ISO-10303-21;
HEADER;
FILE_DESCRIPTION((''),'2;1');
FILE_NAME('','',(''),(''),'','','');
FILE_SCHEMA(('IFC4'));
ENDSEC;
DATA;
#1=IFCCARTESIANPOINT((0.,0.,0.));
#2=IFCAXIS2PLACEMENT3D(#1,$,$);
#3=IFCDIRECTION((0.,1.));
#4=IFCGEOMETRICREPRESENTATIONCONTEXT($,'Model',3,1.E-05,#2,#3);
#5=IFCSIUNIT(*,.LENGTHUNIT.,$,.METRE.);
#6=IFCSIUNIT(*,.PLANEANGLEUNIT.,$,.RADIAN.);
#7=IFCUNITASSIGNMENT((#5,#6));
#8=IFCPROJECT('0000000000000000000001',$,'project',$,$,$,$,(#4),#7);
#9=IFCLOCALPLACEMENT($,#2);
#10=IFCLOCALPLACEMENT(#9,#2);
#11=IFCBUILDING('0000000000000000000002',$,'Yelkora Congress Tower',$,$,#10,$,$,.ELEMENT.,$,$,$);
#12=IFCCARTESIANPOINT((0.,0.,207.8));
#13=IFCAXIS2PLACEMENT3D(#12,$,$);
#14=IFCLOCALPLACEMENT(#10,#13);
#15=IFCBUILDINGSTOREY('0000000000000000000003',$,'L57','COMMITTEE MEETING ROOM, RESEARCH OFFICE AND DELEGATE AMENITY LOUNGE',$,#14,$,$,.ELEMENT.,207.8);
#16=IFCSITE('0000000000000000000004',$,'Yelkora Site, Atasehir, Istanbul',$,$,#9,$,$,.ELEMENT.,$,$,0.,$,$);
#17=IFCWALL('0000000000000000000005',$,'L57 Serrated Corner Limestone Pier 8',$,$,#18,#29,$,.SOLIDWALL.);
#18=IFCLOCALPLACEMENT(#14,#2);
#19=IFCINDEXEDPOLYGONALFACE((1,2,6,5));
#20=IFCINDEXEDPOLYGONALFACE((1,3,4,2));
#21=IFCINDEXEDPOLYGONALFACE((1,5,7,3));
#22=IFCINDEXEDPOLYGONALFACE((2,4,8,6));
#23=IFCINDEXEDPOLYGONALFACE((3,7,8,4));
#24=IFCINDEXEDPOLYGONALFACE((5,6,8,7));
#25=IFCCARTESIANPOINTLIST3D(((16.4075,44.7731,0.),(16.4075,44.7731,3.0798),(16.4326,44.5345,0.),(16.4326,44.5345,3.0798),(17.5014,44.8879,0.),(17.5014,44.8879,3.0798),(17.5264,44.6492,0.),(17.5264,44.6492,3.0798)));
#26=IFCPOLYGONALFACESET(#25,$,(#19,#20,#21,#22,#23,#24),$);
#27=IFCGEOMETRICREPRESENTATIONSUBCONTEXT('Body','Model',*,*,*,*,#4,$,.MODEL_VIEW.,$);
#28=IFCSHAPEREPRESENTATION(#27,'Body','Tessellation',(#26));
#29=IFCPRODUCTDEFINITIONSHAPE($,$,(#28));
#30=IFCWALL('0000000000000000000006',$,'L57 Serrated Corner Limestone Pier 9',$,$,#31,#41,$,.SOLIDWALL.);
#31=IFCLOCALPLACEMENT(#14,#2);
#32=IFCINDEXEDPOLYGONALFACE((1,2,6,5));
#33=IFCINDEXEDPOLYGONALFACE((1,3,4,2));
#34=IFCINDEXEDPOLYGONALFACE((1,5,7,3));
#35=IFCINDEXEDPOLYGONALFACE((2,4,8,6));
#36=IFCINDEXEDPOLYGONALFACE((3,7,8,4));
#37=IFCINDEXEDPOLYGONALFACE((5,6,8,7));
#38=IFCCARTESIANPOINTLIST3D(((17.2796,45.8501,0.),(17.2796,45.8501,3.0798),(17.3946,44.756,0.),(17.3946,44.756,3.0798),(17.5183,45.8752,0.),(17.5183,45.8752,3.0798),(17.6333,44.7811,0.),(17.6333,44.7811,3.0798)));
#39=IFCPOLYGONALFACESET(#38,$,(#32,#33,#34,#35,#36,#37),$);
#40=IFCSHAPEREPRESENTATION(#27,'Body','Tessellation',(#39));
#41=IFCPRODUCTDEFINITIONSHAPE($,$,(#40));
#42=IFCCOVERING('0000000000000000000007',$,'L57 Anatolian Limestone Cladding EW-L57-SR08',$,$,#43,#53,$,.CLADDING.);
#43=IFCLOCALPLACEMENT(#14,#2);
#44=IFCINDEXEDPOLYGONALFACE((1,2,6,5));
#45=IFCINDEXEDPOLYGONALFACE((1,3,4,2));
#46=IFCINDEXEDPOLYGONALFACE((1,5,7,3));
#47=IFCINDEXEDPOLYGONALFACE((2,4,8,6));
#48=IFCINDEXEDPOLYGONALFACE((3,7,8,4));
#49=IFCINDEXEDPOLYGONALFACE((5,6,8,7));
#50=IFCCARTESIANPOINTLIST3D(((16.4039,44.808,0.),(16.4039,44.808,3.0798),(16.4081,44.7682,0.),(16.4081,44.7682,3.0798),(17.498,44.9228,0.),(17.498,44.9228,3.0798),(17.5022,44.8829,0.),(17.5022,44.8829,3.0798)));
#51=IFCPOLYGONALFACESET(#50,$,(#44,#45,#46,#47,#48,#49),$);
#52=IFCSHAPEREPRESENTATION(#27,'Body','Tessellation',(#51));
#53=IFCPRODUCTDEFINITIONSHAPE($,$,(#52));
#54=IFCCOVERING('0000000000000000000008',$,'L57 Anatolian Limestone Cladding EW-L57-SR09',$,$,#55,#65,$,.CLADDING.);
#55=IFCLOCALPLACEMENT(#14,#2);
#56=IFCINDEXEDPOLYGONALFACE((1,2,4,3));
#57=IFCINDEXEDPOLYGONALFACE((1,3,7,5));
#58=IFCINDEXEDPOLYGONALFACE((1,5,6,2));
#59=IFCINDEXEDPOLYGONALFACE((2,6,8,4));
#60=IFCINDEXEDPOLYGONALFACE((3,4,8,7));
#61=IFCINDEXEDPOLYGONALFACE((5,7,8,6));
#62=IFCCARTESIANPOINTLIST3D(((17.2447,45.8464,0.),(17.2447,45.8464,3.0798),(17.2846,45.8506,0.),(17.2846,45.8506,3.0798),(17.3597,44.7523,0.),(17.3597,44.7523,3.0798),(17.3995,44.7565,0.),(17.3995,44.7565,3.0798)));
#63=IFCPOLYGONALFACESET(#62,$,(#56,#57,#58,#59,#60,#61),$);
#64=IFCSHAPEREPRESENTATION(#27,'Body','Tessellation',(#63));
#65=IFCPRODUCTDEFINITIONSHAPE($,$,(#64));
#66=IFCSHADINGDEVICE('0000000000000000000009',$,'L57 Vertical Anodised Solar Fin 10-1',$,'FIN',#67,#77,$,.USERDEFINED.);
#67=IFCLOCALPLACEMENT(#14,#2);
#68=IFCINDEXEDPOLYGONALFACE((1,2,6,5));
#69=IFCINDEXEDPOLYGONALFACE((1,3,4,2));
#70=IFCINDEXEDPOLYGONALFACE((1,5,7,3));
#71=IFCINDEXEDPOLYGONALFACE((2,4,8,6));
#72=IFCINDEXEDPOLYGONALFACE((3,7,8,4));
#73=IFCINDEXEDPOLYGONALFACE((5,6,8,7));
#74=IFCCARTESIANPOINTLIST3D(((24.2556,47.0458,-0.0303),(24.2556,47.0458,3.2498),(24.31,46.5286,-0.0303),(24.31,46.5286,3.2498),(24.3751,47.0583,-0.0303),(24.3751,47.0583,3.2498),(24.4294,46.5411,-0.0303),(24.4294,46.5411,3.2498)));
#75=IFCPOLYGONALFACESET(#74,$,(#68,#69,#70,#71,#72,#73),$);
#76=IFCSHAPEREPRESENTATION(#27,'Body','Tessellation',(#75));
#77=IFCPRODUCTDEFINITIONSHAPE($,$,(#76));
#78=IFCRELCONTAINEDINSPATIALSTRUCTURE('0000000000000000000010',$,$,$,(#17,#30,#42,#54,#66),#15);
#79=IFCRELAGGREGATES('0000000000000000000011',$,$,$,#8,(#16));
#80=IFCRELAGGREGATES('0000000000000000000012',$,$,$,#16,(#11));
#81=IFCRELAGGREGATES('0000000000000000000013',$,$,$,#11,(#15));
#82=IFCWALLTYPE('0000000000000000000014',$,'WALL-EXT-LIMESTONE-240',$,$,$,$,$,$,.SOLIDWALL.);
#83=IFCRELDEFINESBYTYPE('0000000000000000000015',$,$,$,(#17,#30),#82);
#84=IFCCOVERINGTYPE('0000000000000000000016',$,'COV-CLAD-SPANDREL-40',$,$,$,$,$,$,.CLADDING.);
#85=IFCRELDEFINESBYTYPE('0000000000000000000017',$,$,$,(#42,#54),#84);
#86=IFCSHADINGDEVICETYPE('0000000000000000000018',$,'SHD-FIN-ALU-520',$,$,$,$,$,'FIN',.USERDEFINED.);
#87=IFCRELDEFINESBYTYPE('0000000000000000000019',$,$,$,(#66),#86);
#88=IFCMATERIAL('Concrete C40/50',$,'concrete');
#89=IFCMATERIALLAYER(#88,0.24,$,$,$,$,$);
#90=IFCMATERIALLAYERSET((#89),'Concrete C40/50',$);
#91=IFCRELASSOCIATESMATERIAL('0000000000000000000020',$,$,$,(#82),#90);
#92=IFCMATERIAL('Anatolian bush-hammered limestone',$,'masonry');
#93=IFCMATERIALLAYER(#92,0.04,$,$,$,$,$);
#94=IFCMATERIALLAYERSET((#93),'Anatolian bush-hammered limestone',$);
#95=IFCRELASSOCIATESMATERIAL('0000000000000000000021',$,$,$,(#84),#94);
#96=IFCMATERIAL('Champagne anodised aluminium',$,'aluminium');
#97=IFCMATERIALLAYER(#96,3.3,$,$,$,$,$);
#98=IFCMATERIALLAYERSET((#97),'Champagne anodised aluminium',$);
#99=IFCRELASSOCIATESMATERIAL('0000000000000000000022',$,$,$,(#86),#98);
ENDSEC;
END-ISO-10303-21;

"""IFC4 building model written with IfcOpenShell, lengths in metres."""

from ifc_helpers import new_model, si_unit, direction, frame, frame_2d, origin, origin_2d, place, context, subcontext, project, spatial, rectangle, extrude, material, layer, layer_set, type_object, element, save


model = new_model("IFC4")

# Units and contexts
model_context = context("Model", 3, precision=1e-05, world=origin(), true_north=direction((0.0, 1.0)))
body_context = subcontext(model_context, "Body", "Model", "MODEL_VIEW")
ifc_project = project(units=[si_unit("LENGTHUNIT", "METRE"), si_unit("PLANEANGLEUNIT", "RADIAN")], contexts=[model_context])

# Site, building, storey
site_placement = place(None, origin())
site = spatial("IfcSite", under=ifc_project, at=site_placement, Name="Yelkora Site, Atasehir, Istanbul", CompositionType="ELEMENT", RefElevation=0.0)
building_placement = place(site_placement, origin())
building = spatial("IfcBuilding", under=site, at=building_placement, Name="Yelkora Congress Tower", CompositionType="ELEMENT")
storey_placement = place(building_placement, frame((0.0, 0.0, 207.8)))
storey = spatial("IfcBuildingStorey", under=building, at=storey_placement, Name="L57", Description="COMMITTEE MEETING ROOM, RESEARCH OFFICE AND DELEGATE AMENITY LOUNGE", CompositionType="ELEMENT", Elevation=207.8)

# Walls
ifc_material_1 = material(Name="Concrete C40/50", Category="concrete")
ifc_layer_1 = layer(ifc_material_1, 0.24)
ifc_layer_set_1 = layer_set([ifc_layer_1], Name="Concrete C40/50")
wall_type_1 = type_object("IfcWallType", Name="WALL-EXT-LIMESTONE-240", PredefinedType="SOLIDWALL", material=ifc_layer_set_1)
wall_1_placement = place(storey_placement, frame((16.4202, 44.6538, 0.0), z_axis=(0.0, 0.0, 1.0), x_axis=(0.994542, 0.104338, 0.0)))
element("IfcWall", 1, at=wall_1_placement, inside=storey, type_object=wall_type_1, Name="L57 Serrated Corner Limestone Pier 8", PredefinedType="SOLIDWALL", context=body_context, shape_type="SweptSolid", body=[
    extrude(rectangle(XDim=1.0999, YDim=0.24, at=frame_2d((0.5498, 0.0))), origin(), (0.0, 0.0, 1.0), 3.0798),
])
wall_2_placement = place(storey_placement, frame((17.5139, 44.7686, 0.0), z_axis=(0.0, 0.0, 1.0), x_axis=(-0.104535, 0.994521, 0.0)))
element("IfcWall", 2, at=wall_2_placement, inside=storey, type_object=wall_type_1, Name="L57 Serrated Corner Limestone Pier 9", PredefinedType="SOLIDWALL", context=body_context, shape_type="SweptSolid", body=[
    extrude(rectangle(XDim=1.1001, YDim=0.24, at=frame_2d((0.55, 0.0))), origin(), (0.0, 0.0, 1.0), 3.0798),
])

# Coverings
ifc_material_2 = material(Name="Anatolian bush-hammered limestone", Category="masonry")
ifc_layer_2 = layer(ifc_material_2, 0.04)
ifc_layer_set_2 = layer_set([ifc_layer_2], Name="Anatolian bush-hammered limestone")
covering_type = type_object("IfcCoveringType", Name="COV-CLAD-SPANDREL-40", PredefinedType="CLADDING", material=ifc_layer_set_2)
for number, where, z_axis, x_axis, name in (
    (3, (16.406, 44.7881, 0.0), (0.0, 0.0, 1.0), (0.994544, 0.104315, 0.0), "L57 Anatolian Limestone Cladding EW-L57-SR08"),
    (4, (17.3796, 44.7544, 0.0), (0.0, 0.0, 1.0), (-0.104535, 0.994521, 0.0), "L57 Anatolian Limestone Cladding EW-L57-SR09"),
):
    element("IfcCovering", number, at=place(storey_placement, frame(where, z_axis=z_axis, x_axis=x_axis)), inside=storey, type_object=covering_type, Name=name, PredefinedType="CLADDING", context=body_context, shape_type="SweptSolid", body=[
        extrude(rectangle(XDim=1.1001, YDim=0.04, at=frame_2d((0.55, 0.0))), origin(), (0.0, 0.0, 1.0), 3.0798),
    ])

# Shading device
ifc_material_3 = material(Name="Champagne anodised aluminium", Category="aluminium")
ifc_layer_3 = layer(ifc_material_3, 3.3)
ifc_layer_set_3 = layer_set([ifc_layer_3], Name="Champagne anodised aluminium")
shading_device_type = type_object("IfcShadingDeviceType", Name="SHD-FIN-ALU-520", ElementType="FIN", PredefinedType="USERDEFINED", material=ifc_layer_set_3)
shading_device_placement = place(storey_placement, frame((24.3425, 46.7935, -0.0303), z_axis=(0.0, 0.0, 1.0), x_axis=(0.994522, 0.104528, 0.0)))
element("IfcShadingDevice", 5, at=shading_device_placement, inside=storey, type_object=shading_device_type, Name="L57 Vertical Anodised Solar Fin 10-1", ObjectType="FIN", PredefinedType="USERDEFINED", context=body_context, shape_type="SweptSolid", body=[
    extrude(rectangle(XDim=0.1201, YDim=0.52, at=origin_2d()), origin(), (0.0, 0.0, 1.0), 3.28),
])

save(model, "model.ifc")
